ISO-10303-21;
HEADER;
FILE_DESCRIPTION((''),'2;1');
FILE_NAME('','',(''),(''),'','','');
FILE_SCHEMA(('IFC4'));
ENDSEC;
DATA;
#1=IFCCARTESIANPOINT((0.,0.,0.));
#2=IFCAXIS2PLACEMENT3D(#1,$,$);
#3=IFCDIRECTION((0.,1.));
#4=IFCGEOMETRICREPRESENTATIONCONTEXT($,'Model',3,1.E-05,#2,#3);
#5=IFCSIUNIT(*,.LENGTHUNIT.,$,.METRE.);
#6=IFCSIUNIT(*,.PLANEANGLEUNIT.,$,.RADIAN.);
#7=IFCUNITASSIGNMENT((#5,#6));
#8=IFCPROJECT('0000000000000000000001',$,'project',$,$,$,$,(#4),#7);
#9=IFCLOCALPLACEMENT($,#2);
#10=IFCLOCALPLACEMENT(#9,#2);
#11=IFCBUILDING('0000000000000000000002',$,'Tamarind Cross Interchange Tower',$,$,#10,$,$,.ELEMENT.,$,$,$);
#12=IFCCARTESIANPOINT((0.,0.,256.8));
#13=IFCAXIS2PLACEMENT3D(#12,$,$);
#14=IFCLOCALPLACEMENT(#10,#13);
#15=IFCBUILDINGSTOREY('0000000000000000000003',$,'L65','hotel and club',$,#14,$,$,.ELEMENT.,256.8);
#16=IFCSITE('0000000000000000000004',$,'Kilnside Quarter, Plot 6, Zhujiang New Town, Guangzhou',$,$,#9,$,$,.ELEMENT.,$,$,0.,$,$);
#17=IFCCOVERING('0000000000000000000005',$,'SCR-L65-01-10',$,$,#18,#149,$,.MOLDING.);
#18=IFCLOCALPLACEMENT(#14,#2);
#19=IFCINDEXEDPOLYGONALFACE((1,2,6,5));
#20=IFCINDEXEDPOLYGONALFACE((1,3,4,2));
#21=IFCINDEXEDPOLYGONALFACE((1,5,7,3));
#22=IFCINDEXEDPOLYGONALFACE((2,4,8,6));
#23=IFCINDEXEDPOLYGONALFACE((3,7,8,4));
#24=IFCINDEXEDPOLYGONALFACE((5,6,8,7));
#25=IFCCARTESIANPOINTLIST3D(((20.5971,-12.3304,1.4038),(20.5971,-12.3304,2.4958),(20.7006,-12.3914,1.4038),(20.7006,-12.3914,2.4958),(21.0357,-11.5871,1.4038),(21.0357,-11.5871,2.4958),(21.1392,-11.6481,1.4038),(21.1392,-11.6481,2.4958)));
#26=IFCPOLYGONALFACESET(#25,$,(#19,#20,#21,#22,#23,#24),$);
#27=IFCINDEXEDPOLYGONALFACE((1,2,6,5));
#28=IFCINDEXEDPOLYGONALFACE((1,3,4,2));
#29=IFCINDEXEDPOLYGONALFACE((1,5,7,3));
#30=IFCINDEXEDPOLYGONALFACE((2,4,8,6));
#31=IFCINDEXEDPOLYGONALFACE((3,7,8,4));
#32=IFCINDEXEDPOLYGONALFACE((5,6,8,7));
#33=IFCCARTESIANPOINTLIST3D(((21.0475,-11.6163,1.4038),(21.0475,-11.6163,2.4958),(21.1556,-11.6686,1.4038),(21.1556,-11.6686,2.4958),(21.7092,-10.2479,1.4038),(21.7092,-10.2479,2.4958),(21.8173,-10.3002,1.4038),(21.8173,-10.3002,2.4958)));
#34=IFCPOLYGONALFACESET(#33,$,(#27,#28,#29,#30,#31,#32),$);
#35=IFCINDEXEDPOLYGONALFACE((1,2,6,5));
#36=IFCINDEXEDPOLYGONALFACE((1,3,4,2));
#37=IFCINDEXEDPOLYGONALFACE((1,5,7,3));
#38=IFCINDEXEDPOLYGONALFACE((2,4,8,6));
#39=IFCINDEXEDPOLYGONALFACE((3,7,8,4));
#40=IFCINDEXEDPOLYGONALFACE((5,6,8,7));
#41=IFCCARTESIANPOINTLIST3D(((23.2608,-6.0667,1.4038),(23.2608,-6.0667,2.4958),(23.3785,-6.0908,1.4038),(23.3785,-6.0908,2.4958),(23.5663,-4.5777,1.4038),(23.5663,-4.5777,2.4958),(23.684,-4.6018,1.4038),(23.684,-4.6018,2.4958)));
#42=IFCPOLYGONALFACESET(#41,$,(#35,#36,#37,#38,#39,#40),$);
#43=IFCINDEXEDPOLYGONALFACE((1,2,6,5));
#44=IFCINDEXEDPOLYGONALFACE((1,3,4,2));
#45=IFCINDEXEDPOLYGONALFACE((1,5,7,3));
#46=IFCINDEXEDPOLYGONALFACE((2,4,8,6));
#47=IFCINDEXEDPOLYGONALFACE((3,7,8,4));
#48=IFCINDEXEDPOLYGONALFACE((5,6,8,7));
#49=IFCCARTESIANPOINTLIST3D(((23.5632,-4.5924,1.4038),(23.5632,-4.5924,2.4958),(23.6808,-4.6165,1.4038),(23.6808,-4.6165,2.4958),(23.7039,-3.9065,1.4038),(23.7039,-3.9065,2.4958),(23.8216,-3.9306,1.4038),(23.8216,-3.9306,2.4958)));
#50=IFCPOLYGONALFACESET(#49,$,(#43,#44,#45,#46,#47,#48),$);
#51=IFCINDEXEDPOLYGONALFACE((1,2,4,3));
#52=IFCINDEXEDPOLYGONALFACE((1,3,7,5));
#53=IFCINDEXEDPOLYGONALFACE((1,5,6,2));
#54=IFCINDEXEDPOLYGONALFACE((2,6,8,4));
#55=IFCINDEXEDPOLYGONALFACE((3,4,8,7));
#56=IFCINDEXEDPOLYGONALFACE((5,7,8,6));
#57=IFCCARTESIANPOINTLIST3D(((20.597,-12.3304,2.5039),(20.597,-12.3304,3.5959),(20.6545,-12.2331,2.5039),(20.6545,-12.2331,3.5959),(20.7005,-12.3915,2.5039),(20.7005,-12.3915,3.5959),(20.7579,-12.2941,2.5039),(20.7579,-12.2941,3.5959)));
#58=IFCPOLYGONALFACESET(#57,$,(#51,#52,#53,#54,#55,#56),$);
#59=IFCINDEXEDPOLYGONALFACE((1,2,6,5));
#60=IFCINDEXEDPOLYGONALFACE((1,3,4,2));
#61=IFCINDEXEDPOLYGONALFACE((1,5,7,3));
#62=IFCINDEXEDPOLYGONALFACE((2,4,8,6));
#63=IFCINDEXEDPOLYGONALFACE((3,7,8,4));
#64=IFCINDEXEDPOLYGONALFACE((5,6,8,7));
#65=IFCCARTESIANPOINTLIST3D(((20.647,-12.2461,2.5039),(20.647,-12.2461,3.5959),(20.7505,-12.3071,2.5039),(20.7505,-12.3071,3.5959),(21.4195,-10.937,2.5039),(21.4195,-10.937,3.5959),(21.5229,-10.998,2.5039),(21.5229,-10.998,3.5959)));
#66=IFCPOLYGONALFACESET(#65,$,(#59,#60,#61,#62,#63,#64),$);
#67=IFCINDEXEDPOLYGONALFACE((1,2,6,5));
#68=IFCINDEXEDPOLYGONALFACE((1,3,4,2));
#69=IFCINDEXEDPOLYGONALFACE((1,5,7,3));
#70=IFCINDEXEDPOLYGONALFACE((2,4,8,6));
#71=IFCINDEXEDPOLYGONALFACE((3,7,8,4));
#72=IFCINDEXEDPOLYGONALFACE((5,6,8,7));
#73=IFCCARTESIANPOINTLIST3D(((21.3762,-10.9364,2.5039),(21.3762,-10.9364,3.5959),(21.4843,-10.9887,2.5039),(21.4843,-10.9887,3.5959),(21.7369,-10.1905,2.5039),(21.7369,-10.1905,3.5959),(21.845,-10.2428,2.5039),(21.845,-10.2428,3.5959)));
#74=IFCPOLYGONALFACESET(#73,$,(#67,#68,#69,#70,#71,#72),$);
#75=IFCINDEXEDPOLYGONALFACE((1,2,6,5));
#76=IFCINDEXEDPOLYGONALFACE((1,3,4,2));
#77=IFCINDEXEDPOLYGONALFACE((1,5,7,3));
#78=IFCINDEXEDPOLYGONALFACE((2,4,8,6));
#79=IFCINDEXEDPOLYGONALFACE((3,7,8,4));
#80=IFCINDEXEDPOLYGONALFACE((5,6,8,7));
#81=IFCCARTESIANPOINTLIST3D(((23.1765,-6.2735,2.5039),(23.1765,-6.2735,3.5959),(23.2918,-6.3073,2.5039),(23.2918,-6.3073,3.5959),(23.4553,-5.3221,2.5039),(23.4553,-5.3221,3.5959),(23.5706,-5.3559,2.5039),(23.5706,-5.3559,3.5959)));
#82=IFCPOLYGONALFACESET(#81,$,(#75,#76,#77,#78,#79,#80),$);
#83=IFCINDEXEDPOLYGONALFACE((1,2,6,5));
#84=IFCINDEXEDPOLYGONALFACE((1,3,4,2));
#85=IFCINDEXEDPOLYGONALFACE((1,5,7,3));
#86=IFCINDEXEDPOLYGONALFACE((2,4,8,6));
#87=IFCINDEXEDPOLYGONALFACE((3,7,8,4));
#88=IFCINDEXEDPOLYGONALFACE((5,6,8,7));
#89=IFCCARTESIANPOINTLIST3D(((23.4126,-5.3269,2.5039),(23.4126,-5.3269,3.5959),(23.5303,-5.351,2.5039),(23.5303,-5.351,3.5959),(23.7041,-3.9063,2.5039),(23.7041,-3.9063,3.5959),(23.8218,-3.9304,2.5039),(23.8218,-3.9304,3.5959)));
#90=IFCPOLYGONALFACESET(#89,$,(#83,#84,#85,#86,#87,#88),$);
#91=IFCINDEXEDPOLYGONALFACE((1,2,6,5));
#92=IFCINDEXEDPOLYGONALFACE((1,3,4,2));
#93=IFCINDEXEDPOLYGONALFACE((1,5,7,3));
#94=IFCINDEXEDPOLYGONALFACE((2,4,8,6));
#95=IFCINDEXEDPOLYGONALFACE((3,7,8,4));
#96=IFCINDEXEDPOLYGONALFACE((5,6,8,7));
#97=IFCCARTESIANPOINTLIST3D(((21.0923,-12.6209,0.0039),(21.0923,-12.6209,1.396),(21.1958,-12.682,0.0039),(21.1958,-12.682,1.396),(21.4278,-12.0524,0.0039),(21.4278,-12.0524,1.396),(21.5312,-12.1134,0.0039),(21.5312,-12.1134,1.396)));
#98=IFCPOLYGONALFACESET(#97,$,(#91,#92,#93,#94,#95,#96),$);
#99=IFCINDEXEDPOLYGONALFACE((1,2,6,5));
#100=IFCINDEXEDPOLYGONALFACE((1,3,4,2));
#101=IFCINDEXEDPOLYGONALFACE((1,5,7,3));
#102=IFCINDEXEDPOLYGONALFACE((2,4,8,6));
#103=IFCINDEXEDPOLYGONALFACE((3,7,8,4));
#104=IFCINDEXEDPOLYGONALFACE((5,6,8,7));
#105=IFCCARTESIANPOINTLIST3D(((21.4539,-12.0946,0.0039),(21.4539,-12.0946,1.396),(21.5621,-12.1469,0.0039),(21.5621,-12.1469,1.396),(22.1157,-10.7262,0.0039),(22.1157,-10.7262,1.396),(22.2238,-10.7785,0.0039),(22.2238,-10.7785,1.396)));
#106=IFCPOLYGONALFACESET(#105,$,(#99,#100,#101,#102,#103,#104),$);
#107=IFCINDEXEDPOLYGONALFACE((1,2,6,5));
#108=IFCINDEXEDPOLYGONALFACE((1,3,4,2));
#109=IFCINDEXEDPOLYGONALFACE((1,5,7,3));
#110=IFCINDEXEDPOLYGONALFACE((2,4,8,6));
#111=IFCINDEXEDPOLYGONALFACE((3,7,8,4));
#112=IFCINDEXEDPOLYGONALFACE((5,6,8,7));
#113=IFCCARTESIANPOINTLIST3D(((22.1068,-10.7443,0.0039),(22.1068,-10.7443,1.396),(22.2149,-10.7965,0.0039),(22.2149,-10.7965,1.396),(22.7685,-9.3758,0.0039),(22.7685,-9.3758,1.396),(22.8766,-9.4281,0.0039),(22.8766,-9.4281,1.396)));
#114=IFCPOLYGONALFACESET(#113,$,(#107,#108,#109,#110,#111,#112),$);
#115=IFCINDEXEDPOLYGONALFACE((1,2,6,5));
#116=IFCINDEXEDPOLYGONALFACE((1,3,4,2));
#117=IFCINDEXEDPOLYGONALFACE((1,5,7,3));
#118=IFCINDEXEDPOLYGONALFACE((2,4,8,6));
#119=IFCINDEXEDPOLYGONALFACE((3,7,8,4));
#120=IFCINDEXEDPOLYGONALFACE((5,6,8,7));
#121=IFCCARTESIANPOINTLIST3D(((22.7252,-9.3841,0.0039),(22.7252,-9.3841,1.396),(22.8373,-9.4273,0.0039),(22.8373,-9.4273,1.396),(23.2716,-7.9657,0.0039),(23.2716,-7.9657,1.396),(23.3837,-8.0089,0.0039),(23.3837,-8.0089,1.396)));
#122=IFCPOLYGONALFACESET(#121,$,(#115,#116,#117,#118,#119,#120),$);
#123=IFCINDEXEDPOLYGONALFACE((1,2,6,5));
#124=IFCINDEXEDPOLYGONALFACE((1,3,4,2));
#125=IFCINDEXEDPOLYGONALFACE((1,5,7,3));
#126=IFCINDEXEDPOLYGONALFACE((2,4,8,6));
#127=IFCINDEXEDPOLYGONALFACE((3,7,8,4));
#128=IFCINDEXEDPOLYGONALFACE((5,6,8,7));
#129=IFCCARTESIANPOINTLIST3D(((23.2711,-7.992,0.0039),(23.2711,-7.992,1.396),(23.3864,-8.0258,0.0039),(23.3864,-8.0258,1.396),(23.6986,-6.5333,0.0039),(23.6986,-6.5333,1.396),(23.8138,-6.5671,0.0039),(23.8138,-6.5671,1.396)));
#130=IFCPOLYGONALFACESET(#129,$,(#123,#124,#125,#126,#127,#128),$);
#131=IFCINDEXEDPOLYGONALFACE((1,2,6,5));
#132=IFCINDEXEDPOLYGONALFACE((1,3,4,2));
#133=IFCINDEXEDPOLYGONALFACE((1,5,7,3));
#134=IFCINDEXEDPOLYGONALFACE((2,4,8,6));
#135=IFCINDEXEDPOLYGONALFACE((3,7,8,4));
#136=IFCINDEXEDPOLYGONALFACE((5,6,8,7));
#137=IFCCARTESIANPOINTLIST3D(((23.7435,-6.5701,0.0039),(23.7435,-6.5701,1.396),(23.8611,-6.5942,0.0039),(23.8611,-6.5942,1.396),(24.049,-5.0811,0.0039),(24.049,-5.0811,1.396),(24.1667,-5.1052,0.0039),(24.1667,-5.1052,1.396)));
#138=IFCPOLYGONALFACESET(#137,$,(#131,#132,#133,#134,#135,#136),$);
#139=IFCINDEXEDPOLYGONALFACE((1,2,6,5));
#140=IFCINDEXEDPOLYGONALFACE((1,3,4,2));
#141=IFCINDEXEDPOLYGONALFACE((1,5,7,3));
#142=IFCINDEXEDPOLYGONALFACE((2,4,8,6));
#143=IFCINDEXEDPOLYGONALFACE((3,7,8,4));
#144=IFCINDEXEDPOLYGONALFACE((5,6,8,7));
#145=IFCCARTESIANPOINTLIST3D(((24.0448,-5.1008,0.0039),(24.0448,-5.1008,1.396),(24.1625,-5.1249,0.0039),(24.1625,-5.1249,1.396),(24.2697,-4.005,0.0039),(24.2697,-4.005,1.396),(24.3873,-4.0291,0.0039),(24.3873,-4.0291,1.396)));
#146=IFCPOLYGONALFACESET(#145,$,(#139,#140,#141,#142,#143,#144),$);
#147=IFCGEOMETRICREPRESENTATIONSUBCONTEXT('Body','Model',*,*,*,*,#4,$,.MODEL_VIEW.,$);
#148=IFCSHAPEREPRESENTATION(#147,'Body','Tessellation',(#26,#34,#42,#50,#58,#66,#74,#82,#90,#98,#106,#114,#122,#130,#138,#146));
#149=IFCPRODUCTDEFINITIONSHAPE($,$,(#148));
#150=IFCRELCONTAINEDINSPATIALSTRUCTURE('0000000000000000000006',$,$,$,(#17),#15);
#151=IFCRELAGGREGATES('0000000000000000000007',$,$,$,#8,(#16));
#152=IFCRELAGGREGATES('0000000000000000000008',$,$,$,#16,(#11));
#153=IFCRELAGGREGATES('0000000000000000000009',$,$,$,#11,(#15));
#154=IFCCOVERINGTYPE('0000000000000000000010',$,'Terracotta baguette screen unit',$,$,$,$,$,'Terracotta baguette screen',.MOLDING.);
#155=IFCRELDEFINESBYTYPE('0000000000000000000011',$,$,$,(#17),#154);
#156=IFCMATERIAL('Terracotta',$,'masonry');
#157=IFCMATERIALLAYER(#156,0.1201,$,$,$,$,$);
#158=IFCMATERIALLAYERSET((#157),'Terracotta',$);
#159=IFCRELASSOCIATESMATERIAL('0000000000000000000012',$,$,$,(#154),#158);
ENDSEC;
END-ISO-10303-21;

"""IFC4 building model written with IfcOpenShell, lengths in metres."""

from ifc_helpers import new_model, si_unit, direction, frame, origin, origin_2d, place, context, subcontext, project, spatial, rectangle, extrude, material, layer, layer_set, type_object, element, save


model = new_model("IFC4")

# Units and contexts
model_context = context("Model", 3, precision=1e-05, world=origin(), true_north=direction((0.0, 1.0)))
body_context = subcontext(model_context, "Body", "Model", "MODEL_VIEW")
ifc_project = project(units=[si_unit("LENGTHUNIT", "METRE"), si_unit("PLANEANGLEUNIT", "RADIAN")], contexts=[model_context])

# Site, building, storey
site_placement = place(None, origin())
site = spatial("IfcSite", under=ifc_project, at=site_placement, Name="Kilnside Quarter, Plot 6, Zhujiang New Town, Guangzhou", CompositionType="ELEMENT", RefElevation=0.0)
building_placement = place(site_placement, origin())
building = spatial("IfcBuilding", under=site, at=building_placement, Name="Tamarind Cross Interchange Tower", CompositionType="ELEMENT")
storey_placement = place(building_placement, frame((0.0, 0.0, 256.8)))
storey = spatial("IfcBuildingStorey", under=building, at=storey_placement, Name="L65", Description="hotel and club", CompositionType="ELEMENT", Elevation=256.8)

# Covering
ifc_material_1 = material(Name="Terracotta", Category="masonry")
ifc_layer_1 = layer(ifc_material_1, 0.1201)
ifc_layer_set_1 = layer_set([ifc_layer_1], Name="Terracotta")
covering_type = type_object("IfcCoveringType", Name="Terracotta baguette screen unit", ElementType="Terracotta baguette screen", PredefinedType="MOLDING", material=ifc_layer_set_1)
covering_1_placement = place(storey_placement, origin())
element("IfcCovering", 1, at=covering_1_placement, inside=storey, type_object=covering_type, Name="SCR-L65-01-10", PredefinedType="MOLDING", context=body_context, shape_type="SweptSolid", body=[
    extrude(rectangle(XDim=0.863, YDim=0.1201, at=origin_2d()), frame((20.8682, -11.9893, 1.4038), z_axis=(0.0, 0.0, 1.0), x_axis=(0.508183, 0.861249, 0.0)), (0.0, 0.0, 1.0), 1.092),
    extrude(rectangle(XDim=1.52, YDim=0.1201, at=origin_2d()), frame((21.4324, -10.9583, 1.4038), z_axis=(0.0, 0.0, 1.0), x_axis=(0.435326, 0.900273, 0.0)), (0.0, 0.0, 1.0), 1.092),
    extrude(rectangle(XDim=1.52, YDim=0.1201, at=origin_2d()), frame((23.4724, -5.3342, 1.4038), z_axis=(0.0, 0.0, 1.0), x_axis=(0.201001, 0.979591, 0.0)), (0.0, 0.0, 1.0), 1.092),
    extrude(rectangle(XDim=0.7002, YDim=0.1201, at=origin_2d()), frame((23.6924, -4.2615, 1.4038), z_axis=(0.0, 0.0, 1.0), x_axis=(0.201001, 0.979591, 0.0)), (0.0, 0.0, 1.0), 1.092),
    extrude(rectangle(XDim=0.113, YDim=0.1201, at=origin_2d()), frame((20.6775, -12.3123, 2.5039), z_axis=(0.0, 0.0, 1.0), x_axis=(0.508183, 0.861249, 0.0)), (0.0, 0.0, 1.0), 1.092),
    extrude(rectangle(XDim=1.52, YDim=0.1201, at=origin_2d()), frame((21.085, -11.6221, 2.5039), z_axis=(0.0, 0.0, 1.0), x_axis=(0.508183, 0.861249, 0.0)), (0.0, 0.0, 1.0), 1.092),
    extrude(rectangle(XDim=0.8286, YDim=0.1201, at=origin_2d()), frame((21.6106, -10.5896, 2.5039), z_axis=(0.0, 0.0, 1.0), x_axis=(0.435326, 0.900273, 0.0)), (0.0, 0.0, 1.0), 1.092),
    extrude(rectangle(XDim=0.9915, YDim=0.1201, at=origin_2d()), frame((23.3735, -5.8147, 2.5039), z_axis=(0.0, 0.0, 1.0), x_axis=(0.281209, 0.959647, 0.0)), (0.0, 0.0, 1.0), 1.092),
    extrude(rectangle(XDim=1.4502, YDim=0.1201, at=origin_2d()), frame((23.6172, -4.6287, 2.5039), z_axis=(0.0, 0.0, 1.0), x_axis=(0.201001, 0.979591, 0.0)), (0.0, 0.0, 1.0), 1.092),
    extrude(rectangle(XDim=0.6602, YDim=0.1201, at=origin_2d()), frame((21.3118, -12.3672, 0.0039), z_axis=(0.0, 0.0, 1.0), x_axis=(0.508183, 0.861249, 0.0)), (0.0, 0.0, 1.0), 1.3921),
    extrude(rectangle(XDim=1.52, YDim=0.1201, at=origin_2d()), frame((21.8389, -11.4365, 0.0039), z_axis=(0.0, 0.0, 1.0), x_axis=(0.435326, 0.900273, 0.0)), (0.0, 0.0, 1.0), 1.3921),
    extrude(rectangle(XDim=1.52, YDim=0.1201, at=origin_2d()), frame((22.4917, -10.0862, 0.0039), z_axis=(0.0, 0.0, 1.0), x_axis=(0.435326, 0.900273, 0.0)), (0.0, 0.0, 1.0), 1.3921),
    extrude(rectangle(XDim=1.52, YDim=0.1201, at=origin_2d()), frame((23.0544, -8.6965, 0.0039), z_axis=(0.0, 0.0, 1.0), x_axis=(0.359495, 0.933147, 0.0)), (0.0, 0.0, 1.0), 1.3921),
    extrude(rectangle(XDim=1.52, YDim=0.1201, at=origin_2d()), frame((23.5425, -7.2795, 0.0039), z_axis=(0.0, 0.0, 1.0), x_axis=(0.281209, 0.959647, 0.0)), (0.0, 0.0, 1.0), 1.3921),
    extrude(rectangle(XDim=1.52, YDim=0.1201, at=origin_2d()), frame((23.9551, -5.8376, 0.0039), z_axis=(0.0, 0.0, 1.0), x_axis=(0.201001, 0.979591, 0.0)), (0.0, 0.0, 1.0), 1.3921),
    extrude(rectangle(XDim=1.1187, YDim=0.1201, at=origin_2d()), frame((24.2161, -4.5649, 0.0039), z_axis=(0.0, 0.0, 1.0), x_axis=(0.201001, 0.979591, 0.0)), (0.0, 0.0, 1.0), 1.3921),
])

save(model, "model.ifc")
